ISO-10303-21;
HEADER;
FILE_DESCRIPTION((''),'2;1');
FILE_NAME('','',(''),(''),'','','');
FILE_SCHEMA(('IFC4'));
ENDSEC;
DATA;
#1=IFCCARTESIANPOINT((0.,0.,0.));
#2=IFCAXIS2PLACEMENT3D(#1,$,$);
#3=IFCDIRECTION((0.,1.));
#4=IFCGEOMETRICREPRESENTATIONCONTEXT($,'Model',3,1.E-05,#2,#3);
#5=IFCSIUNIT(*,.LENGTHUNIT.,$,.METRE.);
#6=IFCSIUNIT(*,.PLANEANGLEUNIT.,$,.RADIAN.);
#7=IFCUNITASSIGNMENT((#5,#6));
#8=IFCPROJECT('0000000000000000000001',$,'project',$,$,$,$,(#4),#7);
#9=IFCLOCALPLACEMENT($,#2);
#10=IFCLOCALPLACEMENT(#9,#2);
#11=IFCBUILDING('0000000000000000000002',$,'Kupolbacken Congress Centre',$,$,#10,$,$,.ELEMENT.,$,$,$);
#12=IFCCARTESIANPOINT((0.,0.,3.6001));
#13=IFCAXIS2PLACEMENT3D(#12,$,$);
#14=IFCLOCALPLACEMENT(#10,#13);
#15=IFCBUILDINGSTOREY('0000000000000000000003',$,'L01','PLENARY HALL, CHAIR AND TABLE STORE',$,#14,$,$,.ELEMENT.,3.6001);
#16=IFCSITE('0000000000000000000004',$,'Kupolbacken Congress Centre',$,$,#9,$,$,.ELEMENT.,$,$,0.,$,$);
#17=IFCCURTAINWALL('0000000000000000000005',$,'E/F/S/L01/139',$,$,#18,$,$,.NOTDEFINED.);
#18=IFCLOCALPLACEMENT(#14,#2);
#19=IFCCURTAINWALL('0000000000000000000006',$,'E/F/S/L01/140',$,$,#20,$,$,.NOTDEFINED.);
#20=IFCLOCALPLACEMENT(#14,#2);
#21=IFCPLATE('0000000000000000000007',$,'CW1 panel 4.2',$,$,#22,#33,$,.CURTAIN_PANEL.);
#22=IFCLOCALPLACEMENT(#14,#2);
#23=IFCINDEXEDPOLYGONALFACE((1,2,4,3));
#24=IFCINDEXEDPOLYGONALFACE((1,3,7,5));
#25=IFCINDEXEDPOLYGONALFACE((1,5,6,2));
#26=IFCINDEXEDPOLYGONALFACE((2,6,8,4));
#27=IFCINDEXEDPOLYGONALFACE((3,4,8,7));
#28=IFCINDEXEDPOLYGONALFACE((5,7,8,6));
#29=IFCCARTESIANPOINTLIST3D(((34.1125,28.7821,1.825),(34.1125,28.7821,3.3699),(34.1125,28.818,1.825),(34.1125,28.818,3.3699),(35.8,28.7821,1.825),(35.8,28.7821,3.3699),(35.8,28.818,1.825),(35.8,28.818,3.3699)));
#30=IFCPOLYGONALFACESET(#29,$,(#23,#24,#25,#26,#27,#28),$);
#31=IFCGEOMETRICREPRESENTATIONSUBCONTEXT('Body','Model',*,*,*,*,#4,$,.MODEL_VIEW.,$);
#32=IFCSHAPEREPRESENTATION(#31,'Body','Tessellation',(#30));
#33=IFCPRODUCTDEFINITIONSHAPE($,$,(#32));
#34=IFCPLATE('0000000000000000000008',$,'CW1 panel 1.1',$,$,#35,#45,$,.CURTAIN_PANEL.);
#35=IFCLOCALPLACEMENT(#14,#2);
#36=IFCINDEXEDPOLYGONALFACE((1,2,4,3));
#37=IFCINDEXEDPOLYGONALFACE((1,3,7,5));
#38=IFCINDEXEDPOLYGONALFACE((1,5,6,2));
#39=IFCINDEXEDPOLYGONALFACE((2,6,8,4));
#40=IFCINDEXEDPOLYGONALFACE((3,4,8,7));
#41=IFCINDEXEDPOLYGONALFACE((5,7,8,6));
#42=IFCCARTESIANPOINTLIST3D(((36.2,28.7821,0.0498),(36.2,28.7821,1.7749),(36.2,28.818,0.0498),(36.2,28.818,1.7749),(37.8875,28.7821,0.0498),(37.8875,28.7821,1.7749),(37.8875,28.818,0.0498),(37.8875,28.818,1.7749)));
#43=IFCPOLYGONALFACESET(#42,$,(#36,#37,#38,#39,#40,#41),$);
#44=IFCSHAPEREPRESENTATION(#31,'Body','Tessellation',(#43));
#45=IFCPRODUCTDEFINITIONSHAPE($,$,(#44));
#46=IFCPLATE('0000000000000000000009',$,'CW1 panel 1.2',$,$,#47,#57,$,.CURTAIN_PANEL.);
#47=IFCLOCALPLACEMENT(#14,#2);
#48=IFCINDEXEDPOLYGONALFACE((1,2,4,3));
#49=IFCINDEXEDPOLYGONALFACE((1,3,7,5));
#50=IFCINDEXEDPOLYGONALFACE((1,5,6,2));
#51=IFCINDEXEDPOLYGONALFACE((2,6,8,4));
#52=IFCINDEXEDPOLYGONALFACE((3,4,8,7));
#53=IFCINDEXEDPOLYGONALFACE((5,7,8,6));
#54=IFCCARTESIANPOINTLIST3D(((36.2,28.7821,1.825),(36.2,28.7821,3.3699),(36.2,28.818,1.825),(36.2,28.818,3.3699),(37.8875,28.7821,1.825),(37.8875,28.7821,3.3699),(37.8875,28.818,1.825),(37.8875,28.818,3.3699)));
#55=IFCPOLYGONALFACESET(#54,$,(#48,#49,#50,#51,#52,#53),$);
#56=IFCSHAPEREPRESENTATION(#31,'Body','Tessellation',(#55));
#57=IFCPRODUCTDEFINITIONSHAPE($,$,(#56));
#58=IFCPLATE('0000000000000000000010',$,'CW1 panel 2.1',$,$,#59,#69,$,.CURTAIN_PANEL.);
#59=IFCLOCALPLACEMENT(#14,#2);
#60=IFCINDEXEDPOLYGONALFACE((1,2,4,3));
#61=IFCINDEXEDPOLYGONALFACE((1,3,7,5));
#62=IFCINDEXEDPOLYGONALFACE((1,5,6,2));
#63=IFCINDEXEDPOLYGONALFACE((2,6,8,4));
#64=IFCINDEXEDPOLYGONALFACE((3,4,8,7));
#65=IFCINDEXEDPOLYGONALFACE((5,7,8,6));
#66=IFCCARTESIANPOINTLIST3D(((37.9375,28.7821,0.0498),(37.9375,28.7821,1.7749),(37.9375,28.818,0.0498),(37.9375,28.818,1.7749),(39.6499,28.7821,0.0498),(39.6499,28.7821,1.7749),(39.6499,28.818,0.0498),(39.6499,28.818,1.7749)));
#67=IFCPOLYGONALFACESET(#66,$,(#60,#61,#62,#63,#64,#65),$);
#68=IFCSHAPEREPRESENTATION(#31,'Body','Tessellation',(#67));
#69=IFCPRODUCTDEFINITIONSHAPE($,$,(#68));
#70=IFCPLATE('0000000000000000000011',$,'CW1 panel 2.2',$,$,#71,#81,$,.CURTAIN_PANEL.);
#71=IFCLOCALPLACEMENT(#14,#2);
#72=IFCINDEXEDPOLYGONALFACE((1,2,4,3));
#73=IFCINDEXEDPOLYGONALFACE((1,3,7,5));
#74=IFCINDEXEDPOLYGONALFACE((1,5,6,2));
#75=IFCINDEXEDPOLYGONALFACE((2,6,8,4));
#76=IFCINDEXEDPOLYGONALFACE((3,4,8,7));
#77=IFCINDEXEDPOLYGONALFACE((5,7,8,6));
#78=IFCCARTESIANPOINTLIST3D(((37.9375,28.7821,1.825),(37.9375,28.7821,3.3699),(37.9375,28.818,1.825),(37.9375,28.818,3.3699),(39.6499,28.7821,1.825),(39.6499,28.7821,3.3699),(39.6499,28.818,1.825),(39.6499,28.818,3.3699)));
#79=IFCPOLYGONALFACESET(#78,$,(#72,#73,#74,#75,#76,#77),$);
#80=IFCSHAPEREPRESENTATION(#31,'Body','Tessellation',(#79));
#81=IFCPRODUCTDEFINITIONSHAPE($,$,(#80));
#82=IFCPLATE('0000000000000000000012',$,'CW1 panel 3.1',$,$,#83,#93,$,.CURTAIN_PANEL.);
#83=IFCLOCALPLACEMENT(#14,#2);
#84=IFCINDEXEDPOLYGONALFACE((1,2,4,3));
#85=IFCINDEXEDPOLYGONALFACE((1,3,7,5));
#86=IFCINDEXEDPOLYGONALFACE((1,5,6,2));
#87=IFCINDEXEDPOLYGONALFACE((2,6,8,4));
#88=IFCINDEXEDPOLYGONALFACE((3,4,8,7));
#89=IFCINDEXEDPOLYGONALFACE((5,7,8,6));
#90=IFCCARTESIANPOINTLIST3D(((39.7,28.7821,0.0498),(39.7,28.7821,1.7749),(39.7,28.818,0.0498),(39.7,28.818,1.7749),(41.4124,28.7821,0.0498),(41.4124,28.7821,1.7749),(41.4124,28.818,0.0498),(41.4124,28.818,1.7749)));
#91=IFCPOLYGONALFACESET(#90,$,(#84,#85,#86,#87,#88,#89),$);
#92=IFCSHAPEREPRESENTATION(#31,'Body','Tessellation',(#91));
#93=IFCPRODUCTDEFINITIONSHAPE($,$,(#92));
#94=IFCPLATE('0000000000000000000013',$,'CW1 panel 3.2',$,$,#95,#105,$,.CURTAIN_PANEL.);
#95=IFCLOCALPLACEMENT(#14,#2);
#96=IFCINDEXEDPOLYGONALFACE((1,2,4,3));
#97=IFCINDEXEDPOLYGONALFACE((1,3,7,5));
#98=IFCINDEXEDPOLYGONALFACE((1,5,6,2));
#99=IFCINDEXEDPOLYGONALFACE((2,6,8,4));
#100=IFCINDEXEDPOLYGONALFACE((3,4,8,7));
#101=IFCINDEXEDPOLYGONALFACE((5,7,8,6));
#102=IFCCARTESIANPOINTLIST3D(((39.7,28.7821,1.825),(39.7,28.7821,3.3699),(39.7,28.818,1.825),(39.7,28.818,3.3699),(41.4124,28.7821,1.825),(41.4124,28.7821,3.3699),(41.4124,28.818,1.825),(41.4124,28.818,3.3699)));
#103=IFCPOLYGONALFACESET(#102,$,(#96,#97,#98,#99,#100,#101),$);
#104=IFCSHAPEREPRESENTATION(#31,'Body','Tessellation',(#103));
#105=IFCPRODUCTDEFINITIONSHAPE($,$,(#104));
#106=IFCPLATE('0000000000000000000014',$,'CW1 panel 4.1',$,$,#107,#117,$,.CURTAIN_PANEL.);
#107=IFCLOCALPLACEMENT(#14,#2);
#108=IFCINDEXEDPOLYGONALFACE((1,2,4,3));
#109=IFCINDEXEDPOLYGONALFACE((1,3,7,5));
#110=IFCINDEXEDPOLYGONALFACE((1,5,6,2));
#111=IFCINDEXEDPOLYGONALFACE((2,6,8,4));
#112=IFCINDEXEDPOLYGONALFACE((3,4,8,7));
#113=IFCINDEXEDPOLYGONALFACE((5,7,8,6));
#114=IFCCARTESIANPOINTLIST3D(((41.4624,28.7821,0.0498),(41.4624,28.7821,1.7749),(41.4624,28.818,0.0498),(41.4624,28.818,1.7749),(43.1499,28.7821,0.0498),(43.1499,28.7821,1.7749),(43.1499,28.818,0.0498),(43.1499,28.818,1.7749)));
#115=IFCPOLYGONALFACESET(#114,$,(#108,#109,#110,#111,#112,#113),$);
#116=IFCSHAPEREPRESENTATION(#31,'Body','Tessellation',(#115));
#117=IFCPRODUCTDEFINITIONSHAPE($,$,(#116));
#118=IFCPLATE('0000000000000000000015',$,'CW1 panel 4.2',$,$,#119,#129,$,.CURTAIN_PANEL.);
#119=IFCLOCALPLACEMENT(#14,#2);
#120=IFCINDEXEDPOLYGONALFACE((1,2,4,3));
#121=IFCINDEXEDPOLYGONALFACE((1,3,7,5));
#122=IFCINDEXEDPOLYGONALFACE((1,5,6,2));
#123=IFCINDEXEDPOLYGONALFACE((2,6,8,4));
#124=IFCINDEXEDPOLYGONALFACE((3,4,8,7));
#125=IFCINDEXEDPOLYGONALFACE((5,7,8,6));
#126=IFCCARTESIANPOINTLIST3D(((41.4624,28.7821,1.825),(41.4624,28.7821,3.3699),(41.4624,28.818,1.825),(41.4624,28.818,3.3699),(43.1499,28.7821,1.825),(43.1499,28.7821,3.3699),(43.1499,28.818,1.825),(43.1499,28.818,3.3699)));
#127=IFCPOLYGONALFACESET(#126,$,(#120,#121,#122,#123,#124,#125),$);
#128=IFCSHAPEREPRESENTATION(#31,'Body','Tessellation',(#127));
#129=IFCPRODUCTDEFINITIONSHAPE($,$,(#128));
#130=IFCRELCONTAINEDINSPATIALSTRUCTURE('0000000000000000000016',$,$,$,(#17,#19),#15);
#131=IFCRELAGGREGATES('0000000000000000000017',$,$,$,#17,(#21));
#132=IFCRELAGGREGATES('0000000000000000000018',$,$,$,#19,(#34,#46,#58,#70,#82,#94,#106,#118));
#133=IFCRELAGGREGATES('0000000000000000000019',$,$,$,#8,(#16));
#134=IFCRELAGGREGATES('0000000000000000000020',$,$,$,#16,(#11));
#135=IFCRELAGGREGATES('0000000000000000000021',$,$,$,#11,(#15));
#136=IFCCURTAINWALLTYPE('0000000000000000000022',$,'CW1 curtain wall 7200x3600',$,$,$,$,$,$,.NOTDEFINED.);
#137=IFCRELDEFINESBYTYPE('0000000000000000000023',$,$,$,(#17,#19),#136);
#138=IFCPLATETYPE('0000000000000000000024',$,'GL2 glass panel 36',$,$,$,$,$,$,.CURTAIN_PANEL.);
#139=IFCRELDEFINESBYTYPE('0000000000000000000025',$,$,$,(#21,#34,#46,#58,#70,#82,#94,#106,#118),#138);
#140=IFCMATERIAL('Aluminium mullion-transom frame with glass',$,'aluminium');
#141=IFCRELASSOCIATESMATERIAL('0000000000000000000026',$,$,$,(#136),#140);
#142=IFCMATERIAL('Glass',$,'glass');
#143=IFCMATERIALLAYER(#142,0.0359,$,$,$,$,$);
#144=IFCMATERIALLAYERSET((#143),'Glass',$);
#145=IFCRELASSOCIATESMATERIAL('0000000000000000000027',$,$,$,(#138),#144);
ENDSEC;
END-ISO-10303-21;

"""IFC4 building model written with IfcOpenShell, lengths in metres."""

from ifc_helpers import new_model, si_unit, direction, frame, origin, origin_2d, place, context, subcontext, project, spatial, rectangle, extrude, material, layer, layer_set, type_object, element, aggregate, save


model = new_model("IFC4")

# Units and contexts
model_context = context("Model", 3, precision=1e-05, world=origin(), true_north=direction((0.0, 1.0)))
body_context = subcontext(model_context, "Body", "Model", "MODEL_VIEW")
ifc_project = project(units=[si_unit("LENGTHUNIT", "METRE"), si_unit("PLANEANGLEUNIT", "RADIAN")], contexts=[model_context])

# Site, building, storey
site_placement = place(None, origin())
site = spatial("IfcSite", under=ifc_project, at=site_placement, Name="Kupolbacken Congress Centre", CompositionType="ELEMENT", RefElevation=0.0)
building_placement = place(site_placement, origin())
building = spatial("IfcBuilding", under=site, at=building_placement, Name="Kupolbacken Congress Centre", CompositionType="ELEMENT")
storey_placement = place(building_placement, frame((0.0, 0.0, 3.6001)))
storey = spatial("IfcBuildingStorey", under=building, at=storey_placement, Name="L01", Description="PLENARY HALL, CHAIR AND TABLE STORE", CompositionType="ELEMENT", Elevation=3.6001)

# Curtain wall
ifc_material_1 = material(Name="Aluminium mullion-transom frame with glass", Category="aluminium")
curtain_wall_type = type_object("IfcCurtainWallType", Name="CW1 curtain wall 7200x3600", PredefinedType="NOTDEFINED", material=ifc_material_1)
curtain_wall_1_placement = place(storey_placement, origin())
curtain_wall_1 = element("IfcCurtainWall", 1, at=curtain_wall_1_placement, inside=storey, type_object=curtain_wall_type, Name="E/F/S/L01/139", PredefinedType="NOTDEFINED")

# Curtain wall
curtain_wall_2_placement = place(storey_placement, origin())
curtain_wall_2 = element("IfcCurtainWall", 2, at=curtain_wall_2_placement, inside=storey, type_object=curtain_wall_type, Name="E/F/S/L01/140", PredefinedType="NOTDEFINED")

# Plates
ifc_material_2 = material(Name="Glass", Category="glass")
ifc_layer = layer(ifc_material_2, 0.0359)
ifc_layer_set = layer_set([ifc_layer], Name="Glass")
plate_type = type_object("IfcPlateType", Name="GL2 glass panel 36", PredefinedType="CURTAIN_PANEL", material=ifc_layer_set)
plate_1_placement = place(storey_placement, frame((34.9563, 28.8, 1.825), z_axis=(0.0, 0.0, 1.0), x_axis=(1.0, 0.0, 0.0)))
plate_1 = element("IfcPlate", 3, at=plate_1_placement, type_object=plate_type, Name="CW1 panel 4.2", PredefinedType="CURTAIN_PANEL", context=body_context, shape_type="SweptSolid", body=[
    extrude(rectangle(XDim=1.6875, YDim=0.0359, at=origin_2d()), origin(), (0.0, 0.0, 1.0), 1.5449),
])
aggregate(curtain_wall_1, [plate_1])
plate_2_placement = place(storey_placement, frame((37.0437, 28.8, 0.0498), z_axis=(0.0, 0.0, 1.0), x_axis=(1.0, 0.0, 0.0)))
plate_2 = element("IfcPlate", 4, at=plate_2_placement, type_object=plate_type, Name="CW1 panel 1.1", PredefinedType="CURTAIN_PANEL", context=body_context, shape_type="SweptSolid", body=[
    extrude(rectangle(XDim=1.6875, YDim=0.0359, at=origin_2d()), origin(), (0.0, 0.0, 1.0), 1.7251),
])
plate_3_placement = place(storey_placement, frame((37.0437, 28.8, 1.825), z_axis=(0.0, 0.0, 1.0), x_axis=(1.0, 0.0, 0.0)))
plate_3 = element("IfcPlate", 5, at=plate_3_placement, type_object=plate_type, Name="CW1 panel 1.2", PredefinedType="CURTAIN_PANEL", context=body_context, shape_type="SweptSolid", body=[
    extrude(rectangle(XDim=1.6875, YDim=0.0359, at=origin_2d()), origin(), (0.0, 0.0, 1.0), 1.5449),
])
plate_4_placement = place(storey_placement, frame((38.7937, 28.8, 0.0498), z_axis=(0.0, 0.0, 1.0), x_axis=(1.0, 0.0, 0.0)))
plate_4 = element("IfcPlate", 6, at=plate_4_placement, type_object=plate_type, Name="CW1 panel 2.1", PredefinedType="CURTAIN_PANEL", context=body_context, shape_type="SweptSolid", body=[
    extrude(rectangle(XDim=1.7124, YDim=0.0359, at=origin_2d()), origin(), (0.0, 0.0, 1.0), 1.7251),
])
plate_5_placement = place(storey_placement, frame((38.7937, 28.8, 1.825), z_axis=(0.0, 0.0, 1.0), x_axis=(1.0, 0.0, 0.0)))
plate_5 = element("IfcPlate", 7, at=plate_5_placement, type_object=plate_type, Name="CW1 panel 2.2", PredefinedType="CURTAIN_PANEL", context=body_context, shape_type="SweptSolid", body=[
    extrude(rectangle(XDim=1.7124, YDim=0.0359, at=origin_2d()), origin(), (0.0, 0.0, 1.0), 1.5449),
])
plate_6_placement = place(storey_placement, frame((40.5562, 28.8, 0.0498), z_axis=(0.0, 0.0, 1.0), x_axis=(1.0, 0.0, 0.0)))
plate_6 = element("IfcPlate", 8, at=plate_6_placement, type_object=plate_type, Name="CW1 panel 3.1", PredefinedType="CURTAIN_PANEL", context=body_context, shape_type="SweptSolid", body=[
    extrude(rectangle(XDim=1.7124, YDim=0.0359, at=origin_2d()), origin(), (0.0, 0.0, 1.0), 1.7251),
])
plate_7_placement = place(storey_placement, frame((40.5562, 28.8, 1.825), z_axis=(0.0, 0.0, 1.0), x_axis=(1.0, 0.0, 0.0)))
plate_7 = element("IfcPlate", 9, at=plate_7_placement, type_object=plate_type, Name="CW1 panel 3.2", PredefinedType="CURTAIN_PANEL", context=body_context, shape_type="SweptSolid", body=[
    extrude(rectangle(XDim=1.7124, YDim=0.0359, at=origin_2d()), origin(), (0.0, 0.0, 1.0), 1.5449),
])
plate_8_placement = place(storey_placement, frame((42.3062, 28.8, 0.0498), z_axis=(0.0, 0.0, 1.0), x_axis=(1.0, 0.0, 0.0)))
plate_8 = element("IfcPlate", 10, at=plate_8_placement, type_object=plate_type, Name="CW1 panel 4.1", PredefinedType="CURTAIN_PANEL", context=body_context, shape_type="SweptSolid", body=[
    extrude(rectangle(XDim=1.6875, YDim=0.0359, at=origin_2d()), origin(), (0.0, 0.0, 1.0), 1.7251),
])
plate_9_placement = place(storey_placement, frame((42.3062, 28.8, 1.825), z_axis=(0.0, 0.0, 1.0), x_axis=(1.0, 0.0, 0.0)))
plate_9 = element("IfcPlate", 11, at=plate_9_placement, type_object=plate_type, Name="CW1 panel 4.2", PredefinedType="CURTAIN_PANEL", context=body_context, shape_type="SweptSolid", body=[
    extrude(rectangle(XDim=1.6875, YDim=0.0359, at=origin_2d()), origin(), (0.0, 0.0, 1.0), 1.5449),
])
aggregate(curtain_wall_2, [plate_2, plate_3, plate_4, plate_5, plate_6, plate_7, plate_8, plate_9])

save(model, "model.ifc")
